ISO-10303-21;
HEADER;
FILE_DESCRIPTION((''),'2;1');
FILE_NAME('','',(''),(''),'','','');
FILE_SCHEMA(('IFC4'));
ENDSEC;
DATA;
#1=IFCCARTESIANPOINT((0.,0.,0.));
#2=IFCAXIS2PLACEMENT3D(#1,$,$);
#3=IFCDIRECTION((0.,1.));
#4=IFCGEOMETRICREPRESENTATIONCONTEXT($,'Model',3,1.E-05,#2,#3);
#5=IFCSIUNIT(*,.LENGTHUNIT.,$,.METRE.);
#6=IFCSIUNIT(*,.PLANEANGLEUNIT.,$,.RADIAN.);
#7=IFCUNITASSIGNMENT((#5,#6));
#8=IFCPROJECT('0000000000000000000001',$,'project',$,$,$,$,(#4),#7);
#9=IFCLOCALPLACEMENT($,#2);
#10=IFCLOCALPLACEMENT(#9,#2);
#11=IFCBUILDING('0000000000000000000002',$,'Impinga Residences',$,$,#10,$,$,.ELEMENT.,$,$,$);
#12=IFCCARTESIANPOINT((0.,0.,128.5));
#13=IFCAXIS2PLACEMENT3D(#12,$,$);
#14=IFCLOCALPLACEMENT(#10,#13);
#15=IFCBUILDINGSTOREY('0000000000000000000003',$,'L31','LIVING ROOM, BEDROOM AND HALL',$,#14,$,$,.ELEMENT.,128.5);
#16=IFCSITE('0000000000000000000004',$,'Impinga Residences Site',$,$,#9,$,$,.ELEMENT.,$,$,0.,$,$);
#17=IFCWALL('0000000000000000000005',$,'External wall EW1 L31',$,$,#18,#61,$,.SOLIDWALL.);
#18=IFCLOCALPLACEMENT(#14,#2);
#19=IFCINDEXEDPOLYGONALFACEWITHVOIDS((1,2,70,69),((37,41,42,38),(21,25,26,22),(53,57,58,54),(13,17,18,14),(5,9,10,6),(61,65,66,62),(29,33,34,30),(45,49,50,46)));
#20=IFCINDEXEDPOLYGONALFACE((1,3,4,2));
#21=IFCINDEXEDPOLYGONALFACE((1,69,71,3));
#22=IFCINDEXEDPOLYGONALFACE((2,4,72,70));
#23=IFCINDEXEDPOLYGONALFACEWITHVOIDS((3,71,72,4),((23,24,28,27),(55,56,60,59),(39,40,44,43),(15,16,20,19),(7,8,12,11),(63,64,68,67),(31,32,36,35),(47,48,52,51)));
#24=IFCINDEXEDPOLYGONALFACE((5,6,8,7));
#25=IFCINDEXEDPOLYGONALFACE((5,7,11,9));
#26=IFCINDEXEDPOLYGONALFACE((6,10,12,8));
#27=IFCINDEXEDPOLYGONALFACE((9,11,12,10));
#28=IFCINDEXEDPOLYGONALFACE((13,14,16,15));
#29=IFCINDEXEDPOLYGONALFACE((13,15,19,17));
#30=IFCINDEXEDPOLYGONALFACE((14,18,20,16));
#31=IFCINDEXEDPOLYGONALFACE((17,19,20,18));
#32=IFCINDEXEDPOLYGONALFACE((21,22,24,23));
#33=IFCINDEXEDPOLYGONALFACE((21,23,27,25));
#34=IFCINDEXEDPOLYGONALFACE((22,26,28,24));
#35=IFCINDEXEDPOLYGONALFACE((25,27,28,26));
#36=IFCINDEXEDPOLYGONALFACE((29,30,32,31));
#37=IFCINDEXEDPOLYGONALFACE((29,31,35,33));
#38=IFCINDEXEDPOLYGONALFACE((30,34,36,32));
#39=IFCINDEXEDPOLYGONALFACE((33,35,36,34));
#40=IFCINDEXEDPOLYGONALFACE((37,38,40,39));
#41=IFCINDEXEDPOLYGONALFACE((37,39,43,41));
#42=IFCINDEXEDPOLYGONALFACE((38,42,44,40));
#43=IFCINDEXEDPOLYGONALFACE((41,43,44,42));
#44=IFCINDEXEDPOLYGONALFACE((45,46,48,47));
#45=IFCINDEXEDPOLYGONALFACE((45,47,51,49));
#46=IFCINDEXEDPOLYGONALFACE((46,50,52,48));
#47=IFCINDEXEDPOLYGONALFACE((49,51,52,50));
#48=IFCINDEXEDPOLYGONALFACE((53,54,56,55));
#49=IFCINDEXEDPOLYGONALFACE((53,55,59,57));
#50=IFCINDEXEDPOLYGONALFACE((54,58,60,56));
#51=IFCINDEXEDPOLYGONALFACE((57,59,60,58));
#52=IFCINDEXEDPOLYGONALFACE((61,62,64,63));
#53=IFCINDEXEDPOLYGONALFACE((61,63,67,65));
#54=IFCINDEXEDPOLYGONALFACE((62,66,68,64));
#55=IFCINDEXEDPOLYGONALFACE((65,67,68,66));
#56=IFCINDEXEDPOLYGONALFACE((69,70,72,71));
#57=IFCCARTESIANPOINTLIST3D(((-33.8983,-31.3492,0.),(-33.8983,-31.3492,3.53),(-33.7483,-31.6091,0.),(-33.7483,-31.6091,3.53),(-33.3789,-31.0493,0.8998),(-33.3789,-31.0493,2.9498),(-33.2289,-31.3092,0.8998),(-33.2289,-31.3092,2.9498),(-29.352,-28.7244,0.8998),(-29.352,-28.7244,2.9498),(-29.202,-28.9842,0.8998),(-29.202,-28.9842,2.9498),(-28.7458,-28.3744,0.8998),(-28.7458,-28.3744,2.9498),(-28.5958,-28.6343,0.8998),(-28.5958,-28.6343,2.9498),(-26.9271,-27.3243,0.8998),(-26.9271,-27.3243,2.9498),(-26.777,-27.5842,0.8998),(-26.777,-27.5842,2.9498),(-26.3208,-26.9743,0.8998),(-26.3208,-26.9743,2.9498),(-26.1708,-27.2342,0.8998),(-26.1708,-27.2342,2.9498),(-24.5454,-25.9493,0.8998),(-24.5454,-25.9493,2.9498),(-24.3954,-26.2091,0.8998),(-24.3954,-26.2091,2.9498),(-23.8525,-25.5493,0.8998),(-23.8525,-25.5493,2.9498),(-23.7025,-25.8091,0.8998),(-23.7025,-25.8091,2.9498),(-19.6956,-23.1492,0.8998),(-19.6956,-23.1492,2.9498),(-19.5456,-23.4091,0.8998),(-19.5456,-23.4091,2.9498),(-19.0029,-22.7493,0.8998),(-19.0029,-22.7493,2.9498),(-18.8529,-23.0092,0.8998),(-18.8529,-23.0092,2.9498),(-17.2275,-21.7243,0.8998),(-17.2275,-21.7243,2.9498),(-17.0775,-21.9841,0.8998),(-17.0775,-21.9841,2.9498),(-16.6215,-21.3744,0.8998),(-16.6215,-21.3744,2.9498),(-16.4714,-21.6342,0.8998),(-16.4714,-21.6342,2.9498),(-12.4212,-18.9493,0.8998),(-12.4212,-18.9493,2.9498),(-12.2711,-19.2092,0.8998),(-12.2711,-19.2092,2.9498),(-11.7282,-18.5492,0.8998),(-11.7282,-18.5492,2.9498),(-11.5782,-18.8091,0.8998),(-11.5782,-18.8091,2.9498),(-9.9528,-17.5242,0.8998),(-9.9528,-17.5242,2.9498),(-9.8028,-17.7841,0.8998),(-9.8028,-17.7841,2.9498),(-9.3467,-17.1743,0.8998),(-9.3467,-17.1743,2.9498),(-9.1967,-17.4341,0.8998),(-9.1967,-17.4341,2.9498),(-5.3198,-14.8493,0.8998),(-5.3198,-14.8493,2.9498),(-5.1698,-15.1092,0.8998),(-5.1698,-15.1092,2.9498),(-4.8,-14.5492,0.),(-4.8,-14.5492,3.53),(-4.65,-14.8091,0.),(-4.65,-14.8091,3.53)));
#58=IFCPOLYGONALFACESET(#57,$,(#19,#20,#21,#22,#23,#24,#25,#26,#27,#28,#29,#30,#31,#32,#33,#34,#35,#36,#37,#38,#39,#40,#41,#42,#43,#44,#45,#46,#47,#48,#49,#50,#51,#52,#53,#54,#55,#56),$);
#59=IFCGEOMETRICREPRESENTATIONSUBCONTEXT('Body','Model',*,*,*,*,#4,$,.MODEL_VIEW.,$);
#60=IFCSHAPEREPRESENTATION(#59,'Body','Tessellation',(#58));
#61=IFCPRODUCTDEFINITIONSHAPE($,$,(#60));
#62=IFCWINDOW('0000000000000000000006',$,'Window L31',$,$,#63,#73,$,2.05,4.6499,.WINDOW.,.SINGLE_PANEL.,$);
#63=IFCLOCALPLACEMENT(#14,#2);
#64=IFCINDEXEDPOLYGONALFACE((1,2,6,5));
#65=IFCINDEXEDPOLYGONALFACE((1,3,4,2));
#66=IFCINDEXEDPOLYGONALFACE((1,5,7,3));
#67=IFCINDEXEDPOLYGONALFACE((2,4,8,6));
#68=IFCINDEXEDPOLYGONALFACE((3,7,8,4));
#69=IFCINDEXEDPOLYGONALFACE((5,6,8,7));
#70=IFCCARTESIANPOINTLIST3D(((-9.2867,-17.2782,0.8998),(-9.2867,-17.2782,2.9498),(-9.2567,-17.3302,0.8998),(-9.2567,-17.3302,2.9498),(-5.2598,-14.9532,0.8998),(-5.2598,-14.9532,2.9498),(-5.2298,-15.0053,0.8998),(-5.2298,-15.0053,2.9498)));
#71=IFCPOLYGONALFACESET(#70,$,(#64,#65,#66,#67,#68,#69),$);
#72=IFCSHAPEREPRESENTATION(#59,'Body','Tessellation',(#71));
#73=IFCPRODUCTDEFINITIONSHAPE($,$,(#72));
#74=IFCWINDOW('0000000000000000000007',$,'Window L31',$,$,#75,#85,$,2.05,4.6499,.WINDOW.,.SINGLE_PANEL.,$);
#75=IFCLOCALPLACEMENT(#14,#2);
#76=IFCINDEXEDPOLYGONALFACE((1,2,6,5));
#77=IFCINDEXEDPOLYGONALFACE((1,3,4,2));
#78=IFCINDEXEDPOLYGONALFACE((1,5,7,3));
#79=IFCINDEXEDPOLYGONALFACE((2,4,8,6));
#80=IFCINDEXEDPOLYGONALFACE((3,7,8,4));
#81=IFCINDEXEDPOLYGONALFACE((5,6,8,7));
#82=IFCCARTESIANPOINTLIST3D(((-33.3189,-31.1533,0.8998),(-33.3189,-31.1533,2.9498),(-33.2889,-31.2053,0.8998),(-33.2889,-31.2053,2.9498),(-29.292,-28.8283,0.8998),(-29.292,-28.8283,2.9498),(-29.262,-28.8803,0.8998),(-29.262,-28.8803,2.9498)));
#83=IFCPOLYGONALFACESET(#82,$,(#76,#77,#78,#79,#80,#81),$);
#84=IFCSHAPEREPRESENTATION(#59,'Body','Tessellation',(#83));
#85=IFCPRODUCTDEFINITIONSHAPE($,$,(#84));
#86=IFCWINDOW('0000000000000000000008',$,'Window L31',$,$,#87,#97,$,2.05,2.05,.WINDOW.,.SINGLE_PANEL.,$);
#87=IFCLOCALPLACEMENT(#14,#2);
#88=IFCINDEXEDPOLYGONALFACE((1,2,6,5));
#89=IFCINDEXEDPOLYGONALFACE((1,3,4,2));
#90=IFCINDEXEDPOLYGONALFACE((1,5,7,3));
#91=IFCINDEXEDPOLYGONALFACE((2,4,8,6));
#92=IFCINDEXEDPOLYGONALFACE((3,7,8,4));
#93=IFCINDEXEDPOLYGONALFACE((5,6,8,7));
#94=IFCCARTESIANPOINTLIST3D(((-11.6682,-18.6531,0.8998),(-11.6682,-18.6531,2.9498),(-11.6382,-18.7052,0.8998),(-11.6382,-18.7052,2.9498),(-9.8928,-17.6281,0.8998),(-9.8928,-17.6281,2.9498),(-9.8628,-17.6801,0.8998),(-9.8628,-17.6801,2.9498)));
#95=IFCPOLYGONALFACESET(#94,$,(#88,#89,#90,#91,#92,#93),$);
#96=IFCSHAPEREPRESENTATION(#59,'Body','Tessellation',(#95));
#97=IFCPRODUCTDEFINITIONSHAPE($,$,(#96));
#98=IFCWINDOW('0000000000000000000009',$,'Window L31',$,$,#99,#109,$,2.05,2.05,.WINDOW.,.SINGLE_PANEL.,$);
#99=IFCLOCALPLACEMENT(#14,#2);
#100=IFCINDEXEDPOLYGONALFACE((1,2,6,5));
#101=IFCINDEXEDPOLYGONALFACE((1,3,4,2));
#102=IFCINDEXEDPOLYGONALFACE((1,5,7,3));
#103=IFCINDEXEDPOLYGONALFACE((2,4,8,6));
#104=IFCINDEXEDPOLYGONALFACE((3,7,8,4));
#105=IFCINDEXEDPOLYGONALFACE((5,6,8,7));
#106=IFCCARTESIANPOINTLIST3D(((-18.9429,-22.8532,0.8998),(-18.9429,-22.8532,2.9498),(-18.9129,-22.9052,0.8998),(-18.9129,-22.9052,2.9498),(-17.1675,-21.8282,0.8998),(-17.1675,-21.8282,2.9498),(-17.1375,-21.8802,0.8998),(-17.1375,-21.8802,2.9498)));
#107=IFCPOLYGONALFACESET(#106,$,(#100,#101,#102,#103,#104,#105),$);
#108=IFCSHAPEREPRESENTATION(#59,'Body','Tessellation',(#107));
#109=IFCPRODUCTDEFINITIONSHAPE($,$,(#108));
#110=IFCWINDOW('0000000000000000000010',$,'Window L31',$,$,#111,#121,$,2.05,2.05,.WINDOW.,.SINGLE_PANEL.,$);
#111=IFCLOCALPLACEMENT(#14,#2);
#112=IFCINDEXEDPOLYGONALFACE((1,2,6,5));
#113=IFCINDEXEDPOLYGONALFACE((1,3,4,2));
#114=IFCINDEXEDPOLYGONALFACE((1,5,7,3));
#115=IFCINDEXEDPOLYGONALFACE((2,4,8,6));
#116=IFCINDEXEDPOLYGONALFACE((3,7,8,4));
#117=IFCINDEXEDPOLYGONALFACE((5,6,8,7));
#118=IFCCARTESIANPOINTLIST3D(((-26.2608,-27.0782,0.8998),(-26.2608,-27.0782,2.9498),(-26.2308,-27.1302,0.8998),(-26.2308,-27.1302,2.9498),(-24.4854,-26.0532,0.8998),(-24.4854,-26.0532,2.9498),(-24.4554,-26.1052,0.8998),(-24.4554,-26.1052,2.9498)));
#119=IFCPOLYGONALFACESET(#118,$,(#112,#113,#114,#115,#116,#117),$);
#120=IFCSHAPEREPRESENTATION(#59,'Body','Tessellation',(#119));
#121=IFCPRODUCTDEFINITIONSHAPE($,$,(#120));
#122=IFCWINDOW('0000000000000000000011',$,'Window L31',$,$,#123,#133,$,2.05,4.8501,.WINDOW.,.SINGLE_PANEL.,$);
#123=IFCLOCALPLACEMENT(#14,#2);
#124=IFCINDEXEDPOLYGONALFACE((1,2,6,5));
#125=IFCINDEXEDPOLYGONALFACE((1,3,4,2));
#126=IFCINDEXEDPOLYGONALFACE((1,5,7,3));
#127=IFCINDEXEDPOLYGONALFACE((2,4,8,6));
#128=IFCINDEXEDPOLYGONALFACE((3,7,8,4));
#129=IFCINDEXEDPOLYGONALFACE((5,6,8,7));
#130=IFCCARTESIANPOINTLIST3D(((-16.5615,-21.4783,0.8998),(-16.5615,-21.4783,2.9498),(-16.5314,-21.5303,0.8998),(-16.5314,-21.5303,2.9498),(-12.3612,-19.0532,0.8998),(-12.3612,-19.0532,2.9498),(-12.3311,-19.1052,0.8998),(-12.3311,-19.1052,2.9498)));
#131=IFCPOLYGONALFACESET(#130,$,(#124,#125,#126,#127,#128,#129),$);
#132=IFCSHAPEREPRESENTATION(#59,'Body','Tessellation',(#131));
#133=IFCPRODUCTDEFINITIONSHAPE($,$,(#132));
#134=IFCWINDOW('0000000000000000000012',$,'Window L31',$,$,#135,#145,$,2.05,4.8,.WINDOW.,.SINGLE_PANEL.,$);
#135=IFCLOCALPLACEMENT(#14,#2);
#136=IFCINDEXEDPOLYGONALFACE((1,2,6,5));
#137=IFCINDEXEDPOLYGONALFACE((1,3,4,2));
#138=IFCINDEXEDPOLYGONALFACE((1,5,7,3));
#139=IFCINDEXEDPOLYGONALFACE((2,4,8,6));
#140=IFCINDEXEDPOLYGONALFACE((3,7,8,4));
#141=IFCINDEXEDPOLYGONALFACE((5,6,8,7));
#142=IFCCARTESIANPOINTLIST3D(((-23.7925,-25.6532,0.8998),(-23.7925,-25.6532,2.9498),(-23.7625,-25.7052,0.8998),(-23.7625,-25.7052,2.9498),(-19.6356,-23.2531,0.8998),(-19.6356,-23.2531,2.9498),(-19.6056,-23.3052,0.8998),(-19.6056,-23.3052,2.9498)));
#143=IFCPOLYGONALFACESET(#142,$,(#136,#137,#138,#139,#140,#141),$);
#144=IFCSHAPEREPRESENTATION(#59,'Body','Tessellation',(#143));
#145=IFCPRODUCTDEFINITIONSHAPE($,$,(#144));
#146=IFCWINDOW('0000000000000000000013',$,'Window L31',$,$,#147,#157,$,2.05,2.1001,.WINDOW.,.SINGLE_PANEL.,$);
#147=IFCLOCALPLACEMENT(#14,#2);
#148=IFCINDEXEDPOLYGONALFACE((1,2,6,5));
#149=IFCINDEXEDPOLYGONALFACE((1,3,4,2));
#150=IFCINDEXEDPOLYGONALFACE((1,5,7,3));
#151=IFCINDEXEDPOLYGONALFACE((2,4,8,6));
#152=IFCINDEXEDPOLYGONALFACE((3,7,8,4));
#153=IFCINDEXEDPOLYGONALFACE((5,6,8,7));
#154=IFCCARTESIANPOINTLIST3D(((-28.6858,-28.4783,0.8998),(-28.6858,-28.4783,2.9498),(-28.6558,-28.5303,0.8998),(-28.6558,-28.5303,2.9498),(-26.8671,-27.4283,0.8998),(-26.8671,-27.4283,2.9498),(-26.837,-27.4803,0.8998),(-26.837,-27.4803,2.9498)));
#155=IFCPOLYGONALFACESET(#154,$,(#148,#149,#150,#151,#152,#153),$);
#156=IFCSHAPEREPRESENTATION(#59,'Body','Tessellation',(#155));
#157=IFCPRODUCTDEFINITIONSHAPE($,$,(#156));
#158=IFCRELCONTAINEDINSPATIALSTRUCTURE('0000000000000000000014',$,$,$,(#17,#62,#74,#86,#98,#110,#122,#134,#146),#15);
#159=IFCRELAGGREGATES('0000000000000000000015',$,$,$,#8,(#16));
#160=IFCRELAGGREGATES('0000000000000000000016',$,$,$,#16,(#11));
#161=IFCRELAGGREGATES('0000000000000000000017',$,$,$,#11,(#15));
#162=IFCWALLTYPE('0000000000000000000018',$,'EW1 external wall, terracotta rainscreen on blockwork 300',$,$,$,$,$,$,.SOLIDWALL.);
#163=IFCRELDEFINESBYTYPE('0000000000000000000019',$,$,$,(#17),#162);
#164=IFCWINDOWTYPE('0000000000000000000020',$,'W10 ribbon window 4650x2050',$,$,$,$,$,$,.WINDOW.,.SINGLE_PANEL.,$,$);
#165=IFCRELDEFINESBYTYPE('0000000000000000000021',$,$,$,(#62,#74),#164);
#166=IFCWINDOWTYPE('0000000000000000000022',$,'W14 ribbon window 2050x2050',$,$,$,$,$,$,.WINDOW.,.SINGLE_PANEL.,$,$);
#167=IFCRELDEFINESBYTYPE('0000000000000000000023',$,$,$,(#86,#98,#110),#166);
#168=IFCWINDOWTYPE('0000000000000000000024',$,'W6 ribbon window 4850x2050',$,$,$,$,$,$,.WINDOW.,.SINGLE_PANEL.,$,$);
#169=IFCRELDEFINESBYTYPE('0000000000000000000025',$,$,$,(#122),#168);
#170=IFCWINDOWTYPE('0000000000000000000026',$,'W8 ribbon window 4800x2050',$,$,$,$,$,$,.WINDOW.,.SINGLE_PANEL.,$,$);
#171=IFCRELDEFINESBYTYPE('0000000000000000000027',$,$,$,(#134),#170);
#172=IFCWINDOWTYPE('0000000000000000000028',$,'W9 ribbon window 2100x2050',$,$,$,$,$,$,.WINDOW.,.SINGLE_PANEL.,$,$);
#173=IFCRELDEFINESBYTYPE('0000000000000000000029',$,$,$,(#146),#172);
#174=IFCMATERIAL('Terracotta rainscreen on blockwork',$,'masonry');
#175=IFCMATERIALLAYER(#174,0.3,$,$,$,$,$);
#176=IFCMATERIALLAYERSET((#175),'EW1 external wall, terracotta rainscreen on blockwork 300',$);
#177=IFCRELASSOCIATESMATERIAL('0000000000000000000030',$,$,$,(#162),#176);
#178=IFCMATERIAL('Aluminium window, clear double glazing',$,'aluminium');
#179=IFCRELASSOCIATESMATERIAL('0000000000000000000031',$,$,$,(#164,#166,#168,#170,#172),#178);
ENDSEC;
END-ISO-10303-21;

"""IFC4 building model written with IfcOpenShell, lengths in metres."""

from ifc_helpers import new_model, si_unit, direction, frame, frame_2d, origin, place, context, subcontext, project, spatial, rectangle, extrude, material, layer, layer_set, type_object, element, fill, save


model = new_model("IFC4")

# Units and contexts
model_context = context("Model", 3, precision=1e-05, world=origin(), true_north=direction((0.0, 1.0)))
body_context = subcontext(model_context, "Body", "Model", "MODEL_VIEW")
ifc_project = project(units=[si_unit("LENGTHUNIT", "METRE"), si_unit("PLANEANGLEUNIT", "RADIAN")], contexts=[model_context])

# Site, building, storey
site_placement = place(None, origin())
site = spatial("IfcSite", under=ifc_project, at=site_placement, Name="Impinga Residences Site", CompositionType="ELEMENT", RefElevation=0.0)
building_placement = place(site_placement, origin())
building = spatial("IfcBuilding", under=site, at=building_placement, Name="Impinga Residences", CompositionType="ELEMENT")
storey_placement = place(building_placement, frame((0.0, 0.0, 128.5)))
storey = spatial("IfcBuildingStorey", under=building, at=storey_placement, Name="L31", Description="LIVING ROOM, BEDROOM AND HALL", CompositionType="ELEMENT", Elevation=128.5)

# Shared definitions
ifc_material_1 = material(Name="Terracotta rainscreen on blockwork", Category="masonry")
ifc_layer_1 = layer(ifc_material_1, 0.3)
ifc_layer_set_1 = layer_set([ifc_layer_1], Name="EW1 external wall, terracotta rainscreen on blockwork 300")
wall_type_1 = type_object("IfcWallType", Name="EW1 external wall, terracotta rainscreen on blockwork 300", PredefinedType="SOLIDWALL", material=ifc_layer_set_1)

# Wall, openings, windows
wall_1_placement = place(storey_placement, frame((-4.7251, -14.6792, 0.0), z_axis=(0.0, 0.0, 1.0), x_axis=(-0.866024, -0.500002, 0.0)))
wall_1 = element("IfcWall", 1, at=wall_1_placement, inside=storey, type_object=wall_type_1, Name="External wall EW1 L31", PredefinedType="SOLIDWALL", context=body_context, shape_type="SweptSolid", body=[
    extrude(rectangle(XDim=33.5999, YDim=0.3, at=frame_2d((16.7998, 0.0))), origin(), (0.0, 0.0, 1.0), 3.53),
])
opening_1_placement = place(wall_1_placement, frame((0.6001, 0.0, 0.8999)))
opening_1 = element("IfcOpeningElement", 2, at=opening_1_placement, cuts=wall_1, PredefinedType="OPENING", context=body_context, shape_type="SweptSolid", body=[
    extrude(rectangle(XDim=4.6499, YDim=2.05, at=frame_2d((2.325, 1.0249))), frame((0.0, 0.1599, 0.0), z_axis=(0.0, -1.0, 0.0), x_axis=(1.0, 0.0, 0.0)), (0.0, 0.0, 1.0), 0.3201),
])
opening_2_placement = place(wall_1_placement, frame((5.95, 0.0, 0.8999)))
opening_2 = element("IfcOpeningElement", 3, at=opening_2_placement, cuts=wall_1, PredefinedType="OPENING", context=body_context, shape_type="SweptSolid", body=[
    extrude(rectangle(XDim=2.05, YDim=2.05, at=frame_2d((1.0249, 1.0249))), frame((0.0, 0.1599, 0.0), z_axis=(0.0, -1.0, 0.0), x_axis=(1.0, 0.0, 0.0)), (0.0, 0.0, 1.0), 0.3201),
])
opening_3_placement = place(wall_1_placement, frame((8.8, 0.0, 0.8999)))
opening_3 = element("IfcOpeningElement", 4, at=opening_3_placement, cuts=wall_1, PredefinedType="OPENING", context=body_context, shape_type="SweptSolid", body=[
    extrude(rectangle(XDim=4.8501, YDim=2.05, at=frame_2d((2.425, 1.0249))), frame((0.0, 0.1599, 0.0), z_axis=(0.0, -1.0, 0.0), x_axis=(1.0, 0.0, 0.0)), (0.0, 0.0, 1.0), 0.3201),
])
opening_4_placement = place(wall_1_placement, frame((14.3501, 0.0, 0.8999)))
opening_4 = element("IfcOpeningElement", 5, at=opening_4_placement, cuts=wall_1, PredefinedType="OPENING", context=body_context, shape_type="SweptSolid", body=[
    extrude(rectangle(XDim=2.05, YDim=2.05, at=frame_2d((1.0249, 1.0249))), frame((0.0, 0.1599, 0.0), z_axis=(0.0, -1.0, 0.0), x_axis=(1.0, 0.0, 0.0)), (0.0, 0.0, 1.0), 0.3201),
])
opening_5_placement = place(wall_1_placement, frame((17.2, 0.0, 0.8999)))
opening_5 = element("IfcOpeningElement", 6, at=opening_5_placement, cuts=wall_1, PredefinedType="OPENING", context=body_context, shape_type="SweptSolid", body=[
    extrude(rectangle(XDim=4.8, YDim=2.05, at=frame_2d((2.3999, 1.0249))), frame((0.0, 0.1599, 0.0), z_axis=(0.0, -1.0, 0.0), x_axis=(1.0, 0.0, 0.0)), (0.0, 0.0, 1.0), 0.3201),
])
opening_6_placement = place(wall_1_placement, frame((22.8, 0.0, 0.8999)))
opening_6 = element("IfcOpeningElement", 7, at=opening_6_placement, cuts=wall_1, PredefinedType="OPENING", context=body_context, shape_type="SweptSolid", body=[
    extrude(rectangle(XDim=2.05, YDim=2.05, at=frame_2d((1.0249, 1.0249))), frame((0.0, 0.1599, 0.0), z_axis=(0.0, -1.0, 0.0), x_axis=(1.0, 0.0, 0.0)), (0.0, 0.0, 1.0), 0.3201),
])
opening_7_placement = place(wall_1_placement, frame((25.55, 0.0, 0.8999)))
opening_7 = element("IfcOpeningElement", 8, at=opening_7_placement, cuts=wall_1, PredefinedType="OPENING", context=body_context, shape_type="SweptSolid", body=[
    extrude(rectangle(XDim=2.1001, YDim=2.05, at=frame_2d((1.05, 1.0249))), frame((0.0, 0.1599, 0.0), z_axis=(0.0, -1.0, 0.0), x_axis=(1.0, 0.0, 0.0)), (0.0, 0.0, 1.0), 0.3201),
])
opening_8_placement = place(wall_1_placement, frame((28.3501, 0.0, 0.8999)))
opening_8 = element("IfcOpeningElement", 9, at=opening_8_placement, cuts=wall_1, PredefinedType="OPENING", context=body_context, shape_type="SweptSolid", body=[
    extrude(rectangle(XDim=4.6499, YDim=2.05, at=frame_2d((2.325, 1.0249))), frame((0.0, 0.1599, 0.0), z_axis=(0.0, -1.0, 0.0), x_axis=(1.0, 0.0, 0.0)), (0.0, 0.0, 1.0), 0.3201),
])
ifc_material_2 = material(Name="Aluminium window, clear double glazing", Category="aluminium")
window_type_1 = type_object("IfcWindowType", Name="W10 ribbon window 4650x2050", PartitioningType="SINGLE_PANEL", PredefinedType="WINDOW", material=ifc_material_2)
window_1_placement = place(opening_1_placement, origin())
window_1 = element("IfcWindow", 10, at=window_1_placement, inside=storey, type_object=window_type_1, Name="Window L31", OverallHeight=2.05, OverallWidth=4.6499, PartitioningType="SINGLE_PANEL", PredefinedType="WINDOW", context=body_context, shape_type="SweptSolid", body=[
    extrude(rectangle(XDim=4.6499, YDim=2.05, at=frame_2d((2.325, 1.0249))), frame((0.0, 0.03, 0.0), z_axis=(0.0, -1.0, 0.0), x_axis=(1.0, 0.0, 0.0)), (0.0, 0.0, 1.0), 0.0601),
])
fill(opening_1, window_1)
window_2_placement = place(opening_8_placement, origin())
window_2 = element("IfcWindow", 11, at=window_2_placement, inside=storey, type_object=window_type_1, Name="Window L31", OverallHeight=2.05, OverallWidth=4.6499, PartitioningType="SINGLE_PANEL", PredefinedType="WINDOW", context=body_context, shape_type="SweptSolid", body=[
    extrude(rectangle(XDim=4.6499, YDim=2.05, at=frame_2d((2.325, 1.0249))), frame((0.0, 0.03, 0.0), z_axis=(0.0, -1.0, 0.0), x_axis=(1.0, 0.0, 0.0)), (0.0, 0.0, 1.0), 0.0601),
])
fill(opening_8, window_2)
window_type_2 = type_object("IfcWindowType", Name="W14 ribbon window 2050x2050", PartitioningType="SINGLE_PANEL", PredefinedType="WINDOW", material=ifc_material_2)
window_3_placement = place(opening_2_placement, origin())
window_3 = element("IfcWindow", 12, at=window_3_placement, inside=storey, type_object=window_type_2, Name="Window L31", OverallHeight=2.05, OverallWidth=2.05, PartitioningType="SINGLE_PANEL", PredefinedType="WINDOW", context=body_context, shape_type="SweptSolid", body=[
    extrude(rectangle(XDim=2.05, YDim=2.05, at=frame_2d((1.0249, 1.0249))), frame((0.0, 0.03, 0.0), z_axis=(0.0, -1.0, 0.0), x_axis=(1.0, 0.0, 0.0)), (0.0, 0.0, 1.0), 0.0601),
])
fill(opening_2, window_3)
window_4_placement = place(opening_4_placement, origin())
window_4 = element("IfcWindow", 13, at=window_4_placement, inside=storey, type_object=window_type_2, Name="Window L31", OverallHeight=2.05, OverallWidth=2.05, PartitioningType="SINGLE_PANEL", PredefinedType="WINDOW", context=body_context, shape_type="SweptSolid", body=[
    extrude(rectangle(XDim=2.05, YDim=2.05, at=frame_2d((1.0249, 1.0249))), frame((0.0, 0.03, 0.0), z_axis=(0.0, -1.0, 0.0), x_axis=(1.0, 0.0, 0.0)), (0.0, 0.0, 1.0), 0.0601),
])
fill(opening_4, window_4)
window_5_placement = place(opening_6_placement, origin())
window_5 = element("IfcWindow", 14, at=window_5_placement, inside=storey, type_object=window_type_2, Name="Window L31", OverallHeight=2.05, OverallWidth=2.05, PartitioningType="SINGLE_PANEL", PredefinedType="WINDOW", context=body_context, shape_type="SweptSolid", body=[
    extrude(rectangle(XDim=2.05, YDim=2.05, at=frame_2d((1.0249, 1.0249))), frame((0.0, 0.03, 0.0), z_axis=(0.0, -1.0, 0.0), x_axis=(1.0, 0.0, 0.0)), (0.0, 0.0, 1.0), 0.0601),
])
fill(opening_6, window_5)
window_type_3 = type_object("IfcWindowType", Name="W6 ribbon window 4850x2050", PartitioningType="SINGLE_PANEL", PredefinedType="WINDOW", material=ifc_material_2)
window_6_placement = place(opening_3_placement, origin())
window_6 = element("IfcWindow", 15, at=window_6_placement, inside=storey, type_object=window_type_3, Name="Window L31", OverallHeight=2.05, OverallWidth=4.8501, PartitioningType="SINGLE_PANEL", PredefinedType="WINDOW", context=body_context, shape_type="SweptSolid", body=[
    extrude(rectangle(XDim=4.8501, YDim=2.05, at=frame_2d((2.425, 1.0249))), frame((0.0, 0.03, 0.0), z_axis=(0.0, -1.0, 0.0), x_axis=(1.0, 0.0, 0.0)), (0.0, 0.0, 1.0), 0.0601),
])
fill(opening_3, window_6)
window_type_4 = type_object("IfcWindowType", Name="W8 ribbon window 4800x2050", PartitioningType="SINGLE_PANEL", PredefinedType="WINDOW", material=ifc_material_2)
window_7_placement = place(opening_5_placement, origin())
window_7 = element("IfcWindow", 16, at=window_7_placement, inside=storey, type_object=window_type_4, Name="Window L31", OverallHeight=2.05, OverallWidth=4.8, PartitioningType="SINGLE_PANEL", PredefinedType="WINDOW", context=body_context, shape_type="SweptSolid", body=[
    extrude(rectangle(XDim=4.8, YDim=2.05, at=frame_2d((2.3999, 1.0249))), frame((0.0, 0.03, 0.0), z_axis=(0.0, -1.0, 0.0), x_axis=(1.0, 0.0, 0.0)), (0.0, 0.0, 1.0), 0.0601),
])
fill(opening_5, window_7)
window_type_5 = type_object("IfcWindowType", Name="W9 ribbon window 2100x2050", PartitioningType="SINGLE_PANEL", PredefinedType="WINDOW", material=ifc_material_2)
window_8_placement = place(opening_7_placement, origin())
window_8 = element("IfcWindow", 17, at=window_8_placement, inside=storey, type_object=window_type_5, Name="Window L31", OverallHeight=2.05, OverallWidth=2.1001, PartitioningType="SINGLE_PANEL", PredefinedType="WINDOW", context=body_context, shape_type="SweptSolid", body=[
    extrude(rectangle(XDim=2.1001, YDim=2.05, at=frame_2d((1.05, 1.0249))), frame((0.0, 0.03, 0.0), z_axis=(0.0, -1.0, 0.0), x_axis=(1.0, 0.0, 0.0)), (0.0, 0.0, 1.0), 0.0601),
])
fill(opening_7, window_8)

save(model, "model.ifc")
